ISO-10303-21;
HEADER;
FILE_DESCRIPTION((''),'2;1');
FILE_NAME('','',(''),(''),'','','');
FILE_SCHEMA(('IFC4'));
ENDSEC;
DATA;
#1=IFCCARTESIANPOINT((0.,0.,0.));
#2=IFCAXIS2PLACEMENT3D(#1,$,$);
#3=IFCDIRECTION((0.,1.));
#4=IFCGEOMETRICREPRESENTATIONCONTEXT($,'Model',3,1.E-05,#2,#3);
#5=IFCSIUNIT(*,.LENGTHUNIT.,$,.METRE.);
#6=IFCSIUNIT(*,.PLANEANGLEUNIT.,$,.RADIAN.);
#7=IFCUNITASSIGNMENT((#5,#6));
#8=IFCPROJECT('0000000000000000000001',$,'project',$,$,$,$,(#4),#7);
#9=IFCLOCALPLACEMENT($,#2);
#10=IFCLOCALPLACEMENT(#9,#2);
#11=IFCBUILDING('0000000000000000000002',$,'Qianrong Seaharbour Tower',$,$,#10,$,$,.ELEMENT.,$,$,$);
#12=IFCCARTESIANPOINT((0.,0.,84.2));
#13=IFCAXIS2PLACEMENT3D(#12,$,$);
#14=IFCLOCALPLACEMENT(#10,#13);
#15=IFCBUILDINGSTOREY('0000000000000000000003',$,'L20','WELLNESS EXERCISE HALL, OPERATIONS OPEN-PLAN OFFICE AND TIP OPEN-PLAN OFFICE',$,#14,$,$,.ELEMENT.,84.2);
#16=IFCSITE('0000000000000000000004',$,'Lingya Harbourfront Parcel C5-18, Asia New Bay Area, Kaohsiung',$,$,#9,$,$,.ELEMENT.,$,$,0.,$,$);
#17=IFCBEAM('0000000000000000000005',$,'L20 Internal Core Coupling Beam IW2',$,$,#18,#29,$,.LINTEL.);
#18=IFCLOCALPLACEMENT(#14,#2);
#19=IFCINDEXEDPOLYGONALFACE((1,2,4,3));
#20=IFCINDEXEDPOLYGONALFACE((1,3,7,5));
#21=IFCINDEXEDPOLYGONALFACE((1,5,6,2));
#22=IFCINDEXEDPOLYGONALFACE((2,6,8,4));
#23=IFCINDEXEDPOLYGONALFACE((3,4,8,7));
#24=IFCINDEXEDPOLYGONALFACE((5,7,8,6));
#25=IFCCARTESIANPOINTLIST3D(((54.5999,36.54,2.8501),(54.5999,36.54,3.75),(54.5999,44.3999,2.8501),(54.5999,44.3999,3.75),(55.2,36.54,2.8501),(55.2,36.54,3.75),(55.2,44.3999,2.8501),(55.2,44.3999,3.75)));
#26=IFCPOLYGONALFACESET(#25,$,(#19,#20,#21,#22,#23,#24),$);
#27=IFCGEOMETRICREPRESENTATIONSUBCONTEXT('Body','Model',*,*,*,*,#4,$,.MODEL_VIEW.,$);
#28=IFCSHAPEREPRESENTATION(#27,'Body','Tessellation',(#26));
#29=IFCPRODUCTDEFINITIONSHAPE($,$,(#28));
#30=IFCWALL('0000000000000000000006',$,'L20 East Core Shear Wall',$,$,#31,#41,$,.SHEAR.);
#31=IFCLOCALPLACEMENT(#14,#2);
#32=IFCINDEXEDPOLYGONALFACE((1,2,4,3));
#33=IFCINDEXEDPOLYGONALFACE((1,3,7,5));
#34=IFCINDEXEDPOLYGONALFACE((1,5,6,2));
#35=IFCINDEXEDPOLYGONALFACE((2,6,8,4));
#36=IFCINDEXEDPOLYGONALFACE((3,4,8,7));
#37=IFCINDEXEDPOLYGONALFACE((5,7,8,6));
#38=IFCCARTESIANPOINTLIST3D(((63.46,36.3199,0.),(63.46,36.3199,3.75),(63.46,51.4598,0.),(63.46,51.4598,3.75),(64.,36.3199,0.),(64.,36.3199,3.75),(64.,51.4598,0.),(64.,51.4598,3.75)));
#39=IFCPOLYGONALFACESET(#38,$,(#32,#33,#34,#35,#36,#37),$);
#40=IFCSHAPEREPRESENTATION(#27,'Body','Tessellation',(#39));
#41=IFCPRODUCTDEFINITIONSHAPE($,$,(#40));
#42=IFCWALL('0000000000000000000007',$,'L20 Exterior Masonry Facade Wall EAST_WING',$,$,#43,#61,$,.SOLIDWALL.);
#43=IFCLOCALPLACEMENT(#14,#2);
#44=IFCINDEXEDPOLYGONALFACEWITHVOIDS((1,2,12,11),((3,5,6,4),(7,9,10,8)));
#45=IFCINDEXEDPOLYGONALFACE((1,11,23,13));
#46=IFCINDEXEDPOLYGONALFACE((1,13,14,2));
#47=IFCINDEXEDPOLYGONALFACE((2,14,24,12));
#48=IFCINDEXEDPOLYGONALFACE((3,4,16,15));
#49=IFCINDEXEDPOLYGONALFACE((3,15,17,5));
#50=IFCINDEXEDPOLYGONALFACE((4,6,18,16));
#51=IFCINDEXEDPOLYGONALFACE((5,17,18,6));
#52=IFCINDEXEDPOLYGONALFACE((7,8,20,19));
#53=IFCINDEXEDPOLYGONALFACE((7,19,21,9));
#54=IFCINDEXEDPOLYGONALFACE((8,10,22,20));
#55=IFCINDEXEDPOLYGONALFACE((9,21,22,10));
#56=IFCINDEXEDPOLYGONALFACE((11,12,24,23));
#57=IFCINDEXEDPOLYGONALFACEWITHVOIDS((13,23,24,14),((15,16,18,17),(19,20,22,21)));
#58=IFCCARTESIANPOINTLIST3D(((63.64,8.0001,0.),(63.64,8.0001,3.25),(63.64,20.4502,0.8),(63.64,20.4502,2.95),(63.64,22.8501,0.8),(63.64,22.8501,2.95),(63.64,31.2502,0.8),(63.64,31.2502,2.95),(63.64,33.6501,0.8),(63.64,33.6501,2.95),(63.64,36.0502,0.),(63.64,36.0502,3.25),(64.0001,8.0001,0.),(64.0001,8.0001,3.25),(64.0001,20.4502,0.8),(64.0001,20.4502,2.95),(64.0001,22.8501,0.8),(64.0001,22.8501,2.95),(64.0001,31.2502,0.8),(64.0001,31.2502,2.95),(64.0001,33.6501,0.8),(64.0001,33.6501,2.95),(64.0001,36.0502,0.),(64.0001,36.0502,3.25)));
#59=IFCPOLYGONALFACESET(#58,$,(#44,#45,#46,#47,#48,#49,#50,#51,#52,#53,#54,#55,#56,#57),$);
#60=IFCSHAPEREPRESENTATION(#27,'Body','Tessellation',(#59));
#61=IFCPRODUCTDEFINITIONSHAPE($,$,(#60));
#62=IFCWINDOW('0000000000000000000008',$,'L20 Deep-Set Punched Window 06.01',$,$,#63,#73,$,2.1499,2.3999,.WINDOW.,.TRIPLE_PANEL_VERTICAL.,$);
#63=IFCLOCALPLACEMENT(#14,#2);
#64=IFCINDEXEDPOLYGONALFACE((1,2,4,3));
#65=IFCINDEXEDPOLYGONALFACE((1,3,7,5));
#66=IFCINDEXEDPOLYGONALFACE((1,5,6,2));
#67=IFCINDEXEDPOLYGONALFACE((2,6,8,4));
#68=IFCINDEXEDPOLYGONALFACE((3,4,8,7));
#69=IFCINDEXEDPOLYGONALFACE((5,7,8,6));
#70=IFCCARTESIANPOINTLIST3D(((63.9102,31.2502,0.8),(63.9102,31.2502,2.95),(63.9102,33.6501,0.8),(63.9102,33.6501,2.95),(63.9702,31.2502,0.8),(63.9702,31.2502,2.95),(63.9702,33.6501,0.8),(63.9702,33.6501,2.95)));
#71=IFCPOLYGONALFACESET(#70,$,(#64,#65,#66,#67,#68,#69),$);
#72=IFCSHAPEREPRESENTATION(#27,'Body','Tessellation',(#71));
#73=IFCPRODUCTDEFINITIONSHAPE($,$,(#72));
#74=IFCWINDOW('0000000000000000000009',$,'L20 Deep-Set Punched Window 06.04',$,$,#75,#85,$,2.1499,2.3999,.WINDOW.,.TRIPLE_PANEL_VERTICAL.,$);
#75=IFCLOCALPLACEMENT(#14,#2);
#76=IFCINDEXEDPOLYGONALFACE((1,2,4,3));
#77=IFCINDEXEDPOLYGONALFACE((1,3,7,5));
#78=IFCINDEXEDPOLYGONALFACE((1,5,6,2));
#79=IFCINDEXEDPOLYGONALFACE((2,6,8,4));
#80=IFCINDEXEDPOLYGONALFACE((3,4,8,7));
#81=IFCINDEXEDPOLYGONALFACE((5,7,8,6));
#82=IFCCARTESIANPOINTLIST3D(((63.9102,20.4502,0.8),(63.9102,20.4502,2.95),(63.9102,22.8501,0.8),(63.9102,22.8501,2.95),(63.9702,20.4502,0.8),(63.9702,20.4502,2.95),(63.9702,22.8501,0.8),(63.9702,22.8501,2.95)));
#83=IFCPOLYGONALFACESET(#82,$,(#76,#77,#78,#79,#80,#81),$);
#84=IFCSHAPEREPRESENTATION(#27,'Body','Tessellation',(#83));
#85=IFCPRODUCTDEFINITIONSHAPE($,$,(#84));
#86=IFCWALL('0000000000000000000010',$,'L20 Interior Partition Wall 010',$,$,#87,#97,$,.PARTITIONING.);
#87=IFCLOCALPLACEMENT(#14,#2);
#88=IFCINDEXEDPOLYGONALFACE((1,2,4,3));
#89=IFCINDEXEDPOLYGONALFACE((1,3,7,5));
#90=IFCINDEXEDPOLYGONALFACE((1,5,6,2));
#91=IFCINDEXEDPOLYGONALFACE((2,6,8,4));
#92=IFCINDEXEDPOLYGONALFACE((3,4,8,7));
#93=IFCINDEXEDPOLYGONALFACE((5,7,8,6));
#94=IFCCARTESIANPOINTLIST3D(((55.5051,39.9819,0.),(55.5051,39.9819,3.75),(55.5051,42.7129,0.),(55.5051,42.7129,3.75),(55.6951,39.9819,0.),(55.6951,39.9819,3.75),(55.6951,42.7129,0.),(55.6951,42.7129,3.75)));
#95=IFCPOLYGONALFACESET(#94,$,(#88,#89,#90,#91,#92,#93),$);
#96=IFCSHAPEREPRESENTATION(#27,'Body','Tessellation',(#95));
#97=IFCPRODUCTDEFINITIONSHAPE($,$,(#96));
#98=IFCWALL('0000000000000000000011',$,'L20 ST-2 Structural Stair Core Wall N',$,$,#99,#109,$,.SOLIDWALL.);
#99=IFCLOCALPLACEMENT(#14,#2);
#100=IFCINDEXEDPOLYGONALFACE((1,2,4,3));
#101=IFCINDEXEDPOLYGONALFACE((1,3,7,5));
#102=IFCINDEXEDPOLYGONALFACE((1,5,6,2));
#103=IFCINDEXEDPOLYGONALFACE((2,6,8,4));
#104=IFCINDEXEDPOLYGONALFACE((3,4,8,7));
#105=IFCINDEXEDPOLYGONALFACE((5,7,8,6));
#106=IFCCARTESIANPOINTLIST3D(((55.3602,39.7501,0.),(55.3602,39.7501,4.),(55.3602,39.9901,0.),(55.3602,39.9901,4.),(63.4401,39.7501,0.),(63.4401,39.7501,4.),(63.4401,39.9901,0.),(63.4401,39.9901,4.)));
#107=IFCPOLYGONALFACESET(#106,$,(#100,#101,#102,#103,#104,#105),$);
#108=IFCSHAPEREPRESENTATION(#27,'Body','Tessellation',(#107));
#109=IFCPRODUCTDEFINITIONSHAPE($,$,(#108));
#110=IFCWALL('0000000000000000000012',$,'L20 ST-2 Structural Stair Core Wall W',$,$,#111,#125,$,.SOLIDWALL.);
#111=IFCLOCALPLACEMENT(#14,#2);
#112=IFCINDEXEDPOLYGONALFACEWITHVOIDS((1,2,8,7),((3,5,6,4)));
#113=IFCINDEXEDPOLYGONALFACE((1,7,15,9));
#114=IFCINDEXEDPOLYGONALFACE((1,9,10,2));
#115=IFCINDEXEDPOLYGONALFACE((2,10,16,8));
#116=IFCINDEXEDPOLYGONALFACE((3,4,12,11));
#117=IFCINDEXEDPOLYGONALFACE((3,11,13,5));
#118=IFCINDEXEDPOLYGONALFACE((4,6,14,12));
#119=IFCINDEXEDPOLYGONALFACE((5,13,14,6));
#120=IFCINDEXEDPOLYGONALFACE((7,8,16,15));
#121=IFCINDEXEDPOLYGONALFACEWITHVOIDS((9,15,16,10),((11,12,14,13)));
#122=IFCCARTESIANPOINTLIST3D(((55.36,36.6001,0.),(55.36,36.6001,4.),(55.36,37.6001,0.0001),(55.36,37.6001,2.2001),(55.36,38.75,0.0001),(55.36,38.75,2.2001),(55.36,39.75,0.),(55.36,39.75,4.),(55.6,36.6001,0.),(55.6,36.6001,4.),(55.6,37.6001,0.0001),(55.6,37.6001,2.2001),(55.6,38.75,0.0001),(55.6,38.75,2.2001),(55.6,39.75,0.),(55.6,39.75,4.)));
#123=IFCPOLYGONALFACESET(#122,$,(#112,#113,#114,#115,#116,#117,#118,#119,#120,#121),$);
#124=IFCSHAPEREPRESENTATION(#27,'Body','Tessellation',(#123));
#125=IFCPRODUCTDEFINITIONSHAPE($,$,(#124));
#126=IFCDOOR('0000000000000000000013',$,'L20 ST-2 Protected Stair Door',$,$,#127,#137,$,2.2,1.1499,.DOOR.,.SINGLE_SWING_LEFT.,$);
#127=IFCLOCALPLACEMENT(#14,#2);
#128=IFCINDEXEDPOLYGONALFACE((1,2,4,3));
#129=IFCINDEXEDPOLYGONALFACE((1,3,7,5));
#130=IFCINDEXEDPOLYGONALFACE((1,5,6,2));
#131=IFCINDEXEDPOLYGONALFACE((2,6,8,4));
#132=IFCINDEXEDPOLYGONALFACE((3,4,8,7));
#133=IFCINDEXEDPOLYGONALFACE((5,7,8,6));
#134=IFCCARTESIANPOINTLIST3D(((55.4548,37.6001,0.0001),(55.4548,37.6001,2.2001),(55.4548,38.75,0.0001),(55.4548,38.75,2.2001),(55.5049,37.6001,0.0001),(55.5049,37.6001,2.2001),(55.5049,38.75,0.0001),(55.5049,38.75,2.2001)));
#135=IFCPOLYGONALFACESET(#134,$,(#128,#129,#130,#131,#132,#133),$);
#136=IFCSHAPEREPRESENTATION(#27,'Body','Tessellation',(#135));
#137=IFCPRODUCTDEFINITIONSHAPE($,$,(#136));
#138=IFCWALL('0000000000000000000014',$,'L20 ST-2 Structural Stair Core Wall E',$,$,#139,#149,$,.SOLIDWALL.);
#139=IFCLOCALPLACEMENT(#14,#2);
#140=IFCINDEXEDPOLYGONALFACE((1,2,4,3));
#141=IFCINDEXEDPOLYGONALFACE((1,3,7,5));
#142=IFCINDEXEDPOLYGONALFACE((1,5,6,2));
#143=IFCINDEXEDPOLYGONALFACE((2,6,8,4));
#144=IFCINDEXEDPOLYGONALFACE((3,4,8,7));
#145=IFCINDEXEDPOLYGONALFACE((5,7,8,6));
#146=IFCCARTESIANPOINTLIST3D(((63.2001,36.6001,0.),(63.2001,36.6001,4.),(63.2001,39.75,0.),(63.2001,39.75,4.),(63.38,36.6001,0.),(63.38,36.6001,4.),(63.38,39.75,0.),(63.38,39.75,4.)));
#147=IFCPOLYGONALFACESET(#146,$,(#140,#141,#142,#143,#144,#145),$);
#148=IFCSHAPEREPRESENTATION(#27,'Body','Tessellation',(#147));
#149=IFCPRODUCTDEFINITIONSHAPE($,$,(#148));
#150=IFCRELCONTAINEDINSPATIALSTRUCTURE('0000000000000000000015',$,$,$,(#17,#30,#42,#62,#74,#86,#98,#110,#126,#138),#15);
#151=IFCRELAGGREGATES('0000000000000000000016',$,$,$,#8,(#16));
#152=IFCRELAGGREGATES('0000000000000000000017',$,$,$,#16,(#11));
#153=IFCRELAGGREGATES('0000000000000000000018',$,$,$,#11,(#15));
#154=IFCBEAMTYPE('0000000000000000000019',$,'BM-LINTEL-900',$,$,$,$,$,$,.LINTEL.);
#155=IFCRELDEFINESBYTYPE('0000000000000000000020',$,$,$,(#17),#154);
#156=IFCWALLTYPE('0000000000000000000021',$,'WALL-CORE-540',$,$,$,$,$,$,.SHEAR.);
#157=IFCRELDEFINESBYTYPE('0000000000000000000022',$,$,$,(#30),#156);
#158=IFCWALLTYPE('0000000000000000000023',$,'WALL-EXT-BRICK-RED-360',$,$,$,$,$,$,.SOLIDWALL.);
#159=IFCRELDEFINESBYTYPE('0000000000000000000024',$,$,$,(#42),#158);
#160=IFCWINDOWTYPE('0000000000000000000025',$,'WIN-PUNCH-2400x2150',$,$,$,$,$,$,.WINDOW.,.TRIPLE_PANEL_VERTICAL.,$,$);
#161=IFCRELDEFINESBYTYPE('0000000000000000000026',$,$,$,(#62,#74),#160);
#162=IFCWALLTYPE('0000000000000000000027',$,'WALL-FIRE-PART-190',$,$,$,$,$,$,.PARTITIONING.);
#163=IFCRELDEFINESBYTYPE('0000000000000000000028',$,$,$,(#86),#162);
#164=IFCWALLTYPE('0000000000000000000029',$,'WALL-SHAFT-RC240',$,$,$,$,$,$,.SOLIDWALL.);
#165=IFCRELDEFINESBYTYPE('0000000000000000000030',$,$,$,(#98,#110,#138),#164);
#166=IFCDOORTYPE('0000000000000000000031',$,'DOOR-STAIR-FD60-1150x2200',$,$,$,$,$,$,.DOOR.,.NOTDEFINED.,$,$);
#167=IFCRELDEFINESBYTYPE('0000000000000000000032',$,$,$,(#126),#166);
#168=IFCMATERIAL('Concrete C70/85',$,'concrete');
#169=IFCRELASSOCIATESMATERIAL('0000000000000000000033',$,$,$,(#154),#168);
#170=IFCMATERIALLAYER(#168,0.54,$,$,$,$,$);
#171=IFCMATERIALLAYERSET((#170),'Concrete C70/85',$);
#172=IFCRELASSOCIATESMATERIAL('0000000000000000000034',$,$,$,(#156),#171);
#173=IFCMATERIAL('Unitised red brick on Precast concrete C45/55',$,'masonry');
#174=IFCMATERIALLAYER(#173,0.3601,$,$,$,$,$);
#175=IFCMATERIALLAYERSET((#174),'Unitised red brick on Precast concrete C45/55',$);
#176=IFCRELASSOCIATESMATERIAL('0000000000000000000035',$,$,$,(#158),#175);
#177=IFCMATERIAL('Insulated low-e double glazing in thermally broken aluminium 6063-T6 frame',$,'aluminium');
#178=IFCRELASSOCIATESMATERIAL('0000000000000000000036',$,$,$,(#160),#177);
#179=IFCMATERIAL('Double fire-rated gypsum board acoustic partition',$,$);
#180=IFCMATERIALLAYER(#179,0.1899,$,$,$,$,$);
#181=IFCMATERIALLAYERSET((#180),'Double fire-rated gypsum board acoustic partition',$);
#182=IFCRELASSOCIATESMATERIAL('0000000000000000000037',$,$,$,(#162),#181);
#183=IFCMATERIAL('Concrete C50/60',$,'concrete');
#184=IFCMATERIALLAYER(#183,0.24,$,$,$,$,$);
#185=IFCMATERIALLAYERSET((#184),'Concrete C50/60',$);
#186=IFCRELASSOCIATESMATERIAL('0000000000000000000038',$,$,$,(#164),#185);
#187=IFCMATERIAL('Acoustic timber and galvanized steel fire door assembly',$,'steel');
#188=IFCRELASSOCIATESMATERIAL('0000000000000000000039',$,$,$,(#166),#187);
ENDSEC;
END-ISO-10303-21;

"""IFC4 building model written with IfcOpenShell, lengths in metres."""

from ifc_helpers import new_model, si_unit, direction, frame, frame_2d, origin, origin_2d, place, context, subcontext, project, spatial, rectangle, extrude, material, layer, layer_set, material_profile, profile_set, type_object, element, fill, save


model = new_model("IFC4")

# Units and contexts
model_context = context("Model", 3, precision=1e-05, world=origin(), true_north=direction((0.0, 1.0)))
body_context = subcontext(model_context, "Body", "Model", "MODEL_VIEW")
ifc_project = project(units=[si_unit("LENGTHUNIT", "METRE"), si_unit("PLANEANGLEUNIT", "RADIAN")], contexts=[model_context])

# Site, building, storey
site_placement = place(None, origin())
site = spatial("IfcSite", under=ifc_project, at=site_placement, Name="Lingya Harbourfront Parcel C5-18, Asia New Bay Area, Kaohsiung", CompositionType="ELEMENT", RefElevation=0.0)
building_placement = place(site_placement, origin())
building = spatial("IfcBuilding", under=site, at=building_placement, Name="Qianrong Seaharbour Tower", CompositionType="ELEMENT")
storey_placement = place(building_placement, frame((0.0, 0.0, 84.2)))
storey = spatial("IfcBuildingStorey", under=building, at=storey_placement, Name="L20", Description="WELLNESS EXERCISE HALL, OPERATIONS OPEN-PLAN OFFICE AND TIP OPEN-PLAN OFFICE", CompositionType="ELEMENT", Elevation=84.2)

# Beam
ifc_material_1 = material(Name="Concrete C70/85", Category="concrete")
ifc_material_profile = material_profile(ifc_material_1, rectangle(XDim=0.6001, YDim=0.8999, at=origin_2d()), Name="RC600x900")
ifc_profile_set = profile_set([ifc_material_profile], Name="Concrete C70/85")
beam_type = type_object("IfcBeamType", Name="BM-LINTEL-900", PredefinedType="LINTEL", material=ifc_profile_set)
beam_placement = place(storey_placement, frame((54.8999, 36.54, 3.3), z_axis=(0.0, 1.0, 0.0), x_axis=(-1.0, 0.0, 0.0)))
element("IfcBeam", 1, at=beam_placement, inside=storey, type_object=beam_type, Name="L20 Internal Core Coupling Beam IW2", PredefinedType="LINTEL", context=body_context, shape_type="SweptSolid", body=[
    extrude(rectangle(XDim=0.6001, YDim=0.8999, at=origin_2d()), origin(), (0.0, 0.0, 1.0), 7.8599),
])

# Wall
ifc_layer_1 = layer(ifc_material_1, 0.54)
ifc_layer_set_1 = layer_set([ifc_layer_1], Name="Concrete C70/85")
wall_type_1 = type_object("IfcWallType", Name="WALL-CORE-540", PredefinedType="SHEAR", material=ifc_layer_set_1)
wall_1_placement = place(storey_placement, frame((63.73, 36.3201, 0.0), z_axis=(0.0, 0.0, 1.0), x_axis=(0.0, 1.0, 0.0)))
element("IfcWall", 2, at=wall_1_placement, inside=storey, type_object=wall_type_1, Name="L20 East Core Shear Wall", PredefinedType="SHEAR", context=body_context, shape_type="SweptSolid", body=[
    extrude(rectangle(XDim=15.1399, YDim=0.54, at=frame_2d((7.5698, 0.0))), origin(), (0.0, 0.0, 1.0), 3.75),
])

# Wall, openings, windows
ifc_material_2 = material(Name="Unitised red brick on Precast concrete C45/55", Category="masonry")
ifc_layer_2 = layer(ifc_material_2, 0.3601)
ifc_layer_set_2 = layer_set([ifc_layer_2], Name="Unitised red brick on Precast concrete C45/55")
wall_type_2 = type_object("IfcWallType", Name="WALL-EXT-BRICK-RED-360", PredefinedType="SOLIDWALL", material=ifc_layer_set_2)
wall_2_placement = place(storey_placement, frame((63.8201, 36.05, 0.0), z_axis=(0.0, 0.0, 1.0), x_axis=(0.0, -1.0, 0.0)))
wall_2 = element("IfcWall", 3, at=wall_2_placement, inside=storey, type_object=wall_type_2, Name="L20 Exterior Masonry Facade Wall EAST_WING", PredefinedType="SOLIDWALL", context=body_context, shape_type="SweptSolid", body=[
    extrude(rectangle(XDim=28.05, YDim=0.3601, at=frame_2d((14.0249, 0.0))), origin(), (0.0, 0.0, 1.0), 3.25),
])
opening_1_placement = place(wall_2_placement, frame((2.3999, 0.0, 0.8)))
opening_1 = element("IfcOpeningElement", 4, at=opening_1_placement, cuts=wall_2, PredefinedType="OPENING", context=body_context, shape_type="SweptSolid", body=[
    extrude(rectangle(XDim=2.3999, YDim=2.1499, at=frame_2d((1.2, 1.075))), frame((0.0, 0.1899, 0.0), z_axis=(0.0, -1.0, 0.0), x_axis=(1.0, 0.0, 0.0)), (0.0, 0.0, 1.0), 0.3801),
])
opening_2_placement = place(wall_2_placement, frame((13.2, 0.0, 0.8)))
opening_2 = element("IfcOpeningElement", 5, at=opening_2_placement, cuts=wall_2, PredefinedType="OPENING", context=body_context, shape_type="SweptSolid", body=[
    extrude(rectangle(XDim=2.3999, YDim=2.1499, at=frame_2d((1.2, 1.075))), frame((0.0, 0.1899, 0.0), z_axis=(0.0, -1.0, 0.0), x_axis=(1.0, 0.0, 0.0)), (0.0, 0.0, 1.0), 0.3801),
])
ifc_material_3 = material(Name="Insulated low-e double glazing in thermally broken aluminium 6063-T6 frame", Category="aluminium")
window_type = type_object("IfcWindowType", Name="WIN-PUNCH-2400x2150", PartitioningType="TRIPLE_PANEL_VERTICAL", PredefinedType="WINDOW", material=ifc_material_3)
window_1_placement = place(opening_1_placement, origin())
window_1 = element("IfcWindow", 6, at=window_1_placement, inside=storey, type_object=window_type, Name="L20 Deep-Set Punched Window 06.01", OverallHeight=2.1499, OverallWidth=2.3999, PartitioningType="TRIPLE_PANEL_VERTICAL", PredefinedType="WINDOW", context=body_context, shape_type="SweptSolid", body=[
    extrude(rectangle(XDim=2.3999, YDim=2.1499, at=frame_2d((1.2, 1.075))), frame((0.0, 0.1501, 0.0), z_axis=(0.0, -1.0, 0.0), x_axis=(1.0, 0.0, 0.0)), (0.0, 0.0, 1.0), 0.0601),
])
fill(opening_1, window_1)
window_2_placement = place(opening_2_placement, origin())
window_2 = element("IfcWindow", 7, at=window_2_placement, inside=storey, type_object=window_type, Name="L20 Deep-Set Punched Window 06.04", OverallHeight=2.1499, OverallWidth=2.3999, PartitioningType="TRIPLE_PANEL_VERTICAL", PredefinedType="WINDOW", context=body_context, shape_type="SweptSolid", body=[
    extrude(rectangle(XDim=2.3999, YDim=2.1499, at=frame_2d((1.2, 1.075))), frame((0.0, 0.1501, 0.0), z_axis=(0.0, -1.0, 0.0), x_axis=(1.0, 0.0, 0.0)), (0.0, 0.0, 1.0), 0.0601),
])
fill(opening_2, window_2)

# Walls
ifc_material_4 = material(Name="Double fire-rated gypsum board acoustic partition")
ifc_layer_3 = layer(ifc_material_4, 0.1899)
ifc_layer_set_3 = layer_set([ifc_layer_3], Name="Double fire-rated gypsum board acoustic partition")
wall_type_3 = type_object("IfcWallType", Name="WALL-FIRE-PART-190", PredefinedType="PARTITIONING", material=ifc_layer_set_3)
wall_3_placement = place(storey_placement, frame((55.6001, 42.7129, 0.0), z_axis=(0.0, 0.0, 1.0), x_axis=(0.0, -1.0, 0.0)))
element("IfcWall", 8, at=wall_3_placement, inside=storey, type_object=wall_type_3, Name="L20 Interior Partition Wall 010", PredefinedType="PARTITIONING", context=body_context, shape_type="SweptSolid", body=[
    extrude(rectangle(XDim=2.731, YDim=0.1899, at=frame_2d((1.3655, 0.0))), origin(), (0.0, 0.0, 1.0), 3.75),
])
ifc_material_5 = material(Name="Concrete C50/60", Category="concrete")
ifc_layer_4 = layer(ifc_material_5, 0.24)
ifc_layer_set_4 = layer_set([ifc_layer_4], Name="Concrete C50/60")
wall_type_4 = type_object("IfcWallType", Name="WALL-SHAFT-RC240", PredefinedType="SOLIDWALL", material=ifc_layer_set_4)
wall_4_placement = place(storey_placement, frame((55.3601, 39.8701, 0.0), z_axis=(0.0, 0.0, 1.0), x_axis=(1.0, 0.0, 0.0)))
element("IfcWall", 9, at=wall_4_placement, inside=storey, type_object=wall_type_4, Name="L20 ST-2 Structural Stair Core Wall N", PredefinedType="SOLIDWALL", context=body_context, shape_type="SweptSolid", body=[
    extrude(rectangle(XDim=8.0798, YDim=0.24, at=frame_2d((4.04, 0.0))), origin(), (0.0, 0.0, 1.0), 4.0),
])

# Wall, opening, door
wall_5_placement = place(storey_placement, frame((55.48, 39.75, 0.0), z_axis=(0.0, 0.0, 1.0), x_axis=(0.0, -1.0, 0.0)))
wall_5 = element("IfcWall", 10, at=wall_5_placement, inside=storey, type_object=wall_type_4, Name="L20 ST-2 Structural Stair Core Wall W", PredefinedType="SOLIDWALL", context=body_context, shape_type="SweptSolid", body=[
    extrude(rectangle(XDim=3.1499, YDim=0.24, at=frame_2d((1.575, 0.0))), origin(), (0.0, 0.0, 1.0), 4.0),
])
opening_3_placement = place(wall_5_placement, frame((1.0, 0.0, 0.0)))
opening_3 = element("IfcOpeningElement", 11, at=opening_3_placement, cuts=wall_5, PredefinedType="OPENING", context=body_context, shape_type="SweptSolid", body=[
    extrude(rectangle(XDim=1.1499, YDim=2.2, at=frame_2d((0.575, 1.1001))), frame((0.0, 0.1299, 0.0), z_axis=(0.0, -1.0, 0.0), x_axis=(1.0, 0.0, 0.0)), (0.0, 0.0, 1.0), 0.26),
])
ifc_material_6 = material(Name="Acoustic timber and galvanized steel fire door assembly", Category="steel")
door_type = type_object("IfcDoorType", Name="DOOR-STAIR-FD60-1150x2200", OperationType="NOTDEFINED", PredefinedType="DOOR", material=ifc_material_6)
door_placement = place(opening_3_placement, origin())
door = element("IfcDoor", 12, at=door_placement, inside=storey, type_object=door_type, Name="L20 ST-2 Protected Stair Door", OperationType="SINGLE_SWING_LEFT", OverallHeight=2.2, OverallWidth=1.1499, PredefinedType="DOOR", context=body_context, shape_type="SweptSolid", body=[
    extrude(rectangle(XDim=1.1499, YDim=2.2, at=frame_2d((0.575, 1.1001))), frame((0.0, 0.0249, 0.0), z_axis=(0.0, -1.0, 0.0), x_axis=(1.0, 0.0, 0.0)), (0.0, 0.0, 1.0), 0.05),
])
fill(opening_3, door)

# Wall
wall_6_placement = place(storey_placement, frame((63.29, 36.6001, 0.0), z_axis=(0.0, 0.0, 1.0), x_axis=(0.0, 1.0, 0.0)))
element("IfcWall", 13, at=wall_6_placement, inside=storey, type_object=wall_type_4, Name="L20 ST-2 Structural Stair Core Wall E", PredefinedType="SOLIDWALL", context=body_context, shape_type="SweptSolid", body=[
    extrude(rectangle(XDim=3.1499, YDim=0.1799, at=frame_2d((1.575, 0.0))), origin(), (0.0, 0.0, 1.0), 4.0),
])

save(model, "model.ifc")
